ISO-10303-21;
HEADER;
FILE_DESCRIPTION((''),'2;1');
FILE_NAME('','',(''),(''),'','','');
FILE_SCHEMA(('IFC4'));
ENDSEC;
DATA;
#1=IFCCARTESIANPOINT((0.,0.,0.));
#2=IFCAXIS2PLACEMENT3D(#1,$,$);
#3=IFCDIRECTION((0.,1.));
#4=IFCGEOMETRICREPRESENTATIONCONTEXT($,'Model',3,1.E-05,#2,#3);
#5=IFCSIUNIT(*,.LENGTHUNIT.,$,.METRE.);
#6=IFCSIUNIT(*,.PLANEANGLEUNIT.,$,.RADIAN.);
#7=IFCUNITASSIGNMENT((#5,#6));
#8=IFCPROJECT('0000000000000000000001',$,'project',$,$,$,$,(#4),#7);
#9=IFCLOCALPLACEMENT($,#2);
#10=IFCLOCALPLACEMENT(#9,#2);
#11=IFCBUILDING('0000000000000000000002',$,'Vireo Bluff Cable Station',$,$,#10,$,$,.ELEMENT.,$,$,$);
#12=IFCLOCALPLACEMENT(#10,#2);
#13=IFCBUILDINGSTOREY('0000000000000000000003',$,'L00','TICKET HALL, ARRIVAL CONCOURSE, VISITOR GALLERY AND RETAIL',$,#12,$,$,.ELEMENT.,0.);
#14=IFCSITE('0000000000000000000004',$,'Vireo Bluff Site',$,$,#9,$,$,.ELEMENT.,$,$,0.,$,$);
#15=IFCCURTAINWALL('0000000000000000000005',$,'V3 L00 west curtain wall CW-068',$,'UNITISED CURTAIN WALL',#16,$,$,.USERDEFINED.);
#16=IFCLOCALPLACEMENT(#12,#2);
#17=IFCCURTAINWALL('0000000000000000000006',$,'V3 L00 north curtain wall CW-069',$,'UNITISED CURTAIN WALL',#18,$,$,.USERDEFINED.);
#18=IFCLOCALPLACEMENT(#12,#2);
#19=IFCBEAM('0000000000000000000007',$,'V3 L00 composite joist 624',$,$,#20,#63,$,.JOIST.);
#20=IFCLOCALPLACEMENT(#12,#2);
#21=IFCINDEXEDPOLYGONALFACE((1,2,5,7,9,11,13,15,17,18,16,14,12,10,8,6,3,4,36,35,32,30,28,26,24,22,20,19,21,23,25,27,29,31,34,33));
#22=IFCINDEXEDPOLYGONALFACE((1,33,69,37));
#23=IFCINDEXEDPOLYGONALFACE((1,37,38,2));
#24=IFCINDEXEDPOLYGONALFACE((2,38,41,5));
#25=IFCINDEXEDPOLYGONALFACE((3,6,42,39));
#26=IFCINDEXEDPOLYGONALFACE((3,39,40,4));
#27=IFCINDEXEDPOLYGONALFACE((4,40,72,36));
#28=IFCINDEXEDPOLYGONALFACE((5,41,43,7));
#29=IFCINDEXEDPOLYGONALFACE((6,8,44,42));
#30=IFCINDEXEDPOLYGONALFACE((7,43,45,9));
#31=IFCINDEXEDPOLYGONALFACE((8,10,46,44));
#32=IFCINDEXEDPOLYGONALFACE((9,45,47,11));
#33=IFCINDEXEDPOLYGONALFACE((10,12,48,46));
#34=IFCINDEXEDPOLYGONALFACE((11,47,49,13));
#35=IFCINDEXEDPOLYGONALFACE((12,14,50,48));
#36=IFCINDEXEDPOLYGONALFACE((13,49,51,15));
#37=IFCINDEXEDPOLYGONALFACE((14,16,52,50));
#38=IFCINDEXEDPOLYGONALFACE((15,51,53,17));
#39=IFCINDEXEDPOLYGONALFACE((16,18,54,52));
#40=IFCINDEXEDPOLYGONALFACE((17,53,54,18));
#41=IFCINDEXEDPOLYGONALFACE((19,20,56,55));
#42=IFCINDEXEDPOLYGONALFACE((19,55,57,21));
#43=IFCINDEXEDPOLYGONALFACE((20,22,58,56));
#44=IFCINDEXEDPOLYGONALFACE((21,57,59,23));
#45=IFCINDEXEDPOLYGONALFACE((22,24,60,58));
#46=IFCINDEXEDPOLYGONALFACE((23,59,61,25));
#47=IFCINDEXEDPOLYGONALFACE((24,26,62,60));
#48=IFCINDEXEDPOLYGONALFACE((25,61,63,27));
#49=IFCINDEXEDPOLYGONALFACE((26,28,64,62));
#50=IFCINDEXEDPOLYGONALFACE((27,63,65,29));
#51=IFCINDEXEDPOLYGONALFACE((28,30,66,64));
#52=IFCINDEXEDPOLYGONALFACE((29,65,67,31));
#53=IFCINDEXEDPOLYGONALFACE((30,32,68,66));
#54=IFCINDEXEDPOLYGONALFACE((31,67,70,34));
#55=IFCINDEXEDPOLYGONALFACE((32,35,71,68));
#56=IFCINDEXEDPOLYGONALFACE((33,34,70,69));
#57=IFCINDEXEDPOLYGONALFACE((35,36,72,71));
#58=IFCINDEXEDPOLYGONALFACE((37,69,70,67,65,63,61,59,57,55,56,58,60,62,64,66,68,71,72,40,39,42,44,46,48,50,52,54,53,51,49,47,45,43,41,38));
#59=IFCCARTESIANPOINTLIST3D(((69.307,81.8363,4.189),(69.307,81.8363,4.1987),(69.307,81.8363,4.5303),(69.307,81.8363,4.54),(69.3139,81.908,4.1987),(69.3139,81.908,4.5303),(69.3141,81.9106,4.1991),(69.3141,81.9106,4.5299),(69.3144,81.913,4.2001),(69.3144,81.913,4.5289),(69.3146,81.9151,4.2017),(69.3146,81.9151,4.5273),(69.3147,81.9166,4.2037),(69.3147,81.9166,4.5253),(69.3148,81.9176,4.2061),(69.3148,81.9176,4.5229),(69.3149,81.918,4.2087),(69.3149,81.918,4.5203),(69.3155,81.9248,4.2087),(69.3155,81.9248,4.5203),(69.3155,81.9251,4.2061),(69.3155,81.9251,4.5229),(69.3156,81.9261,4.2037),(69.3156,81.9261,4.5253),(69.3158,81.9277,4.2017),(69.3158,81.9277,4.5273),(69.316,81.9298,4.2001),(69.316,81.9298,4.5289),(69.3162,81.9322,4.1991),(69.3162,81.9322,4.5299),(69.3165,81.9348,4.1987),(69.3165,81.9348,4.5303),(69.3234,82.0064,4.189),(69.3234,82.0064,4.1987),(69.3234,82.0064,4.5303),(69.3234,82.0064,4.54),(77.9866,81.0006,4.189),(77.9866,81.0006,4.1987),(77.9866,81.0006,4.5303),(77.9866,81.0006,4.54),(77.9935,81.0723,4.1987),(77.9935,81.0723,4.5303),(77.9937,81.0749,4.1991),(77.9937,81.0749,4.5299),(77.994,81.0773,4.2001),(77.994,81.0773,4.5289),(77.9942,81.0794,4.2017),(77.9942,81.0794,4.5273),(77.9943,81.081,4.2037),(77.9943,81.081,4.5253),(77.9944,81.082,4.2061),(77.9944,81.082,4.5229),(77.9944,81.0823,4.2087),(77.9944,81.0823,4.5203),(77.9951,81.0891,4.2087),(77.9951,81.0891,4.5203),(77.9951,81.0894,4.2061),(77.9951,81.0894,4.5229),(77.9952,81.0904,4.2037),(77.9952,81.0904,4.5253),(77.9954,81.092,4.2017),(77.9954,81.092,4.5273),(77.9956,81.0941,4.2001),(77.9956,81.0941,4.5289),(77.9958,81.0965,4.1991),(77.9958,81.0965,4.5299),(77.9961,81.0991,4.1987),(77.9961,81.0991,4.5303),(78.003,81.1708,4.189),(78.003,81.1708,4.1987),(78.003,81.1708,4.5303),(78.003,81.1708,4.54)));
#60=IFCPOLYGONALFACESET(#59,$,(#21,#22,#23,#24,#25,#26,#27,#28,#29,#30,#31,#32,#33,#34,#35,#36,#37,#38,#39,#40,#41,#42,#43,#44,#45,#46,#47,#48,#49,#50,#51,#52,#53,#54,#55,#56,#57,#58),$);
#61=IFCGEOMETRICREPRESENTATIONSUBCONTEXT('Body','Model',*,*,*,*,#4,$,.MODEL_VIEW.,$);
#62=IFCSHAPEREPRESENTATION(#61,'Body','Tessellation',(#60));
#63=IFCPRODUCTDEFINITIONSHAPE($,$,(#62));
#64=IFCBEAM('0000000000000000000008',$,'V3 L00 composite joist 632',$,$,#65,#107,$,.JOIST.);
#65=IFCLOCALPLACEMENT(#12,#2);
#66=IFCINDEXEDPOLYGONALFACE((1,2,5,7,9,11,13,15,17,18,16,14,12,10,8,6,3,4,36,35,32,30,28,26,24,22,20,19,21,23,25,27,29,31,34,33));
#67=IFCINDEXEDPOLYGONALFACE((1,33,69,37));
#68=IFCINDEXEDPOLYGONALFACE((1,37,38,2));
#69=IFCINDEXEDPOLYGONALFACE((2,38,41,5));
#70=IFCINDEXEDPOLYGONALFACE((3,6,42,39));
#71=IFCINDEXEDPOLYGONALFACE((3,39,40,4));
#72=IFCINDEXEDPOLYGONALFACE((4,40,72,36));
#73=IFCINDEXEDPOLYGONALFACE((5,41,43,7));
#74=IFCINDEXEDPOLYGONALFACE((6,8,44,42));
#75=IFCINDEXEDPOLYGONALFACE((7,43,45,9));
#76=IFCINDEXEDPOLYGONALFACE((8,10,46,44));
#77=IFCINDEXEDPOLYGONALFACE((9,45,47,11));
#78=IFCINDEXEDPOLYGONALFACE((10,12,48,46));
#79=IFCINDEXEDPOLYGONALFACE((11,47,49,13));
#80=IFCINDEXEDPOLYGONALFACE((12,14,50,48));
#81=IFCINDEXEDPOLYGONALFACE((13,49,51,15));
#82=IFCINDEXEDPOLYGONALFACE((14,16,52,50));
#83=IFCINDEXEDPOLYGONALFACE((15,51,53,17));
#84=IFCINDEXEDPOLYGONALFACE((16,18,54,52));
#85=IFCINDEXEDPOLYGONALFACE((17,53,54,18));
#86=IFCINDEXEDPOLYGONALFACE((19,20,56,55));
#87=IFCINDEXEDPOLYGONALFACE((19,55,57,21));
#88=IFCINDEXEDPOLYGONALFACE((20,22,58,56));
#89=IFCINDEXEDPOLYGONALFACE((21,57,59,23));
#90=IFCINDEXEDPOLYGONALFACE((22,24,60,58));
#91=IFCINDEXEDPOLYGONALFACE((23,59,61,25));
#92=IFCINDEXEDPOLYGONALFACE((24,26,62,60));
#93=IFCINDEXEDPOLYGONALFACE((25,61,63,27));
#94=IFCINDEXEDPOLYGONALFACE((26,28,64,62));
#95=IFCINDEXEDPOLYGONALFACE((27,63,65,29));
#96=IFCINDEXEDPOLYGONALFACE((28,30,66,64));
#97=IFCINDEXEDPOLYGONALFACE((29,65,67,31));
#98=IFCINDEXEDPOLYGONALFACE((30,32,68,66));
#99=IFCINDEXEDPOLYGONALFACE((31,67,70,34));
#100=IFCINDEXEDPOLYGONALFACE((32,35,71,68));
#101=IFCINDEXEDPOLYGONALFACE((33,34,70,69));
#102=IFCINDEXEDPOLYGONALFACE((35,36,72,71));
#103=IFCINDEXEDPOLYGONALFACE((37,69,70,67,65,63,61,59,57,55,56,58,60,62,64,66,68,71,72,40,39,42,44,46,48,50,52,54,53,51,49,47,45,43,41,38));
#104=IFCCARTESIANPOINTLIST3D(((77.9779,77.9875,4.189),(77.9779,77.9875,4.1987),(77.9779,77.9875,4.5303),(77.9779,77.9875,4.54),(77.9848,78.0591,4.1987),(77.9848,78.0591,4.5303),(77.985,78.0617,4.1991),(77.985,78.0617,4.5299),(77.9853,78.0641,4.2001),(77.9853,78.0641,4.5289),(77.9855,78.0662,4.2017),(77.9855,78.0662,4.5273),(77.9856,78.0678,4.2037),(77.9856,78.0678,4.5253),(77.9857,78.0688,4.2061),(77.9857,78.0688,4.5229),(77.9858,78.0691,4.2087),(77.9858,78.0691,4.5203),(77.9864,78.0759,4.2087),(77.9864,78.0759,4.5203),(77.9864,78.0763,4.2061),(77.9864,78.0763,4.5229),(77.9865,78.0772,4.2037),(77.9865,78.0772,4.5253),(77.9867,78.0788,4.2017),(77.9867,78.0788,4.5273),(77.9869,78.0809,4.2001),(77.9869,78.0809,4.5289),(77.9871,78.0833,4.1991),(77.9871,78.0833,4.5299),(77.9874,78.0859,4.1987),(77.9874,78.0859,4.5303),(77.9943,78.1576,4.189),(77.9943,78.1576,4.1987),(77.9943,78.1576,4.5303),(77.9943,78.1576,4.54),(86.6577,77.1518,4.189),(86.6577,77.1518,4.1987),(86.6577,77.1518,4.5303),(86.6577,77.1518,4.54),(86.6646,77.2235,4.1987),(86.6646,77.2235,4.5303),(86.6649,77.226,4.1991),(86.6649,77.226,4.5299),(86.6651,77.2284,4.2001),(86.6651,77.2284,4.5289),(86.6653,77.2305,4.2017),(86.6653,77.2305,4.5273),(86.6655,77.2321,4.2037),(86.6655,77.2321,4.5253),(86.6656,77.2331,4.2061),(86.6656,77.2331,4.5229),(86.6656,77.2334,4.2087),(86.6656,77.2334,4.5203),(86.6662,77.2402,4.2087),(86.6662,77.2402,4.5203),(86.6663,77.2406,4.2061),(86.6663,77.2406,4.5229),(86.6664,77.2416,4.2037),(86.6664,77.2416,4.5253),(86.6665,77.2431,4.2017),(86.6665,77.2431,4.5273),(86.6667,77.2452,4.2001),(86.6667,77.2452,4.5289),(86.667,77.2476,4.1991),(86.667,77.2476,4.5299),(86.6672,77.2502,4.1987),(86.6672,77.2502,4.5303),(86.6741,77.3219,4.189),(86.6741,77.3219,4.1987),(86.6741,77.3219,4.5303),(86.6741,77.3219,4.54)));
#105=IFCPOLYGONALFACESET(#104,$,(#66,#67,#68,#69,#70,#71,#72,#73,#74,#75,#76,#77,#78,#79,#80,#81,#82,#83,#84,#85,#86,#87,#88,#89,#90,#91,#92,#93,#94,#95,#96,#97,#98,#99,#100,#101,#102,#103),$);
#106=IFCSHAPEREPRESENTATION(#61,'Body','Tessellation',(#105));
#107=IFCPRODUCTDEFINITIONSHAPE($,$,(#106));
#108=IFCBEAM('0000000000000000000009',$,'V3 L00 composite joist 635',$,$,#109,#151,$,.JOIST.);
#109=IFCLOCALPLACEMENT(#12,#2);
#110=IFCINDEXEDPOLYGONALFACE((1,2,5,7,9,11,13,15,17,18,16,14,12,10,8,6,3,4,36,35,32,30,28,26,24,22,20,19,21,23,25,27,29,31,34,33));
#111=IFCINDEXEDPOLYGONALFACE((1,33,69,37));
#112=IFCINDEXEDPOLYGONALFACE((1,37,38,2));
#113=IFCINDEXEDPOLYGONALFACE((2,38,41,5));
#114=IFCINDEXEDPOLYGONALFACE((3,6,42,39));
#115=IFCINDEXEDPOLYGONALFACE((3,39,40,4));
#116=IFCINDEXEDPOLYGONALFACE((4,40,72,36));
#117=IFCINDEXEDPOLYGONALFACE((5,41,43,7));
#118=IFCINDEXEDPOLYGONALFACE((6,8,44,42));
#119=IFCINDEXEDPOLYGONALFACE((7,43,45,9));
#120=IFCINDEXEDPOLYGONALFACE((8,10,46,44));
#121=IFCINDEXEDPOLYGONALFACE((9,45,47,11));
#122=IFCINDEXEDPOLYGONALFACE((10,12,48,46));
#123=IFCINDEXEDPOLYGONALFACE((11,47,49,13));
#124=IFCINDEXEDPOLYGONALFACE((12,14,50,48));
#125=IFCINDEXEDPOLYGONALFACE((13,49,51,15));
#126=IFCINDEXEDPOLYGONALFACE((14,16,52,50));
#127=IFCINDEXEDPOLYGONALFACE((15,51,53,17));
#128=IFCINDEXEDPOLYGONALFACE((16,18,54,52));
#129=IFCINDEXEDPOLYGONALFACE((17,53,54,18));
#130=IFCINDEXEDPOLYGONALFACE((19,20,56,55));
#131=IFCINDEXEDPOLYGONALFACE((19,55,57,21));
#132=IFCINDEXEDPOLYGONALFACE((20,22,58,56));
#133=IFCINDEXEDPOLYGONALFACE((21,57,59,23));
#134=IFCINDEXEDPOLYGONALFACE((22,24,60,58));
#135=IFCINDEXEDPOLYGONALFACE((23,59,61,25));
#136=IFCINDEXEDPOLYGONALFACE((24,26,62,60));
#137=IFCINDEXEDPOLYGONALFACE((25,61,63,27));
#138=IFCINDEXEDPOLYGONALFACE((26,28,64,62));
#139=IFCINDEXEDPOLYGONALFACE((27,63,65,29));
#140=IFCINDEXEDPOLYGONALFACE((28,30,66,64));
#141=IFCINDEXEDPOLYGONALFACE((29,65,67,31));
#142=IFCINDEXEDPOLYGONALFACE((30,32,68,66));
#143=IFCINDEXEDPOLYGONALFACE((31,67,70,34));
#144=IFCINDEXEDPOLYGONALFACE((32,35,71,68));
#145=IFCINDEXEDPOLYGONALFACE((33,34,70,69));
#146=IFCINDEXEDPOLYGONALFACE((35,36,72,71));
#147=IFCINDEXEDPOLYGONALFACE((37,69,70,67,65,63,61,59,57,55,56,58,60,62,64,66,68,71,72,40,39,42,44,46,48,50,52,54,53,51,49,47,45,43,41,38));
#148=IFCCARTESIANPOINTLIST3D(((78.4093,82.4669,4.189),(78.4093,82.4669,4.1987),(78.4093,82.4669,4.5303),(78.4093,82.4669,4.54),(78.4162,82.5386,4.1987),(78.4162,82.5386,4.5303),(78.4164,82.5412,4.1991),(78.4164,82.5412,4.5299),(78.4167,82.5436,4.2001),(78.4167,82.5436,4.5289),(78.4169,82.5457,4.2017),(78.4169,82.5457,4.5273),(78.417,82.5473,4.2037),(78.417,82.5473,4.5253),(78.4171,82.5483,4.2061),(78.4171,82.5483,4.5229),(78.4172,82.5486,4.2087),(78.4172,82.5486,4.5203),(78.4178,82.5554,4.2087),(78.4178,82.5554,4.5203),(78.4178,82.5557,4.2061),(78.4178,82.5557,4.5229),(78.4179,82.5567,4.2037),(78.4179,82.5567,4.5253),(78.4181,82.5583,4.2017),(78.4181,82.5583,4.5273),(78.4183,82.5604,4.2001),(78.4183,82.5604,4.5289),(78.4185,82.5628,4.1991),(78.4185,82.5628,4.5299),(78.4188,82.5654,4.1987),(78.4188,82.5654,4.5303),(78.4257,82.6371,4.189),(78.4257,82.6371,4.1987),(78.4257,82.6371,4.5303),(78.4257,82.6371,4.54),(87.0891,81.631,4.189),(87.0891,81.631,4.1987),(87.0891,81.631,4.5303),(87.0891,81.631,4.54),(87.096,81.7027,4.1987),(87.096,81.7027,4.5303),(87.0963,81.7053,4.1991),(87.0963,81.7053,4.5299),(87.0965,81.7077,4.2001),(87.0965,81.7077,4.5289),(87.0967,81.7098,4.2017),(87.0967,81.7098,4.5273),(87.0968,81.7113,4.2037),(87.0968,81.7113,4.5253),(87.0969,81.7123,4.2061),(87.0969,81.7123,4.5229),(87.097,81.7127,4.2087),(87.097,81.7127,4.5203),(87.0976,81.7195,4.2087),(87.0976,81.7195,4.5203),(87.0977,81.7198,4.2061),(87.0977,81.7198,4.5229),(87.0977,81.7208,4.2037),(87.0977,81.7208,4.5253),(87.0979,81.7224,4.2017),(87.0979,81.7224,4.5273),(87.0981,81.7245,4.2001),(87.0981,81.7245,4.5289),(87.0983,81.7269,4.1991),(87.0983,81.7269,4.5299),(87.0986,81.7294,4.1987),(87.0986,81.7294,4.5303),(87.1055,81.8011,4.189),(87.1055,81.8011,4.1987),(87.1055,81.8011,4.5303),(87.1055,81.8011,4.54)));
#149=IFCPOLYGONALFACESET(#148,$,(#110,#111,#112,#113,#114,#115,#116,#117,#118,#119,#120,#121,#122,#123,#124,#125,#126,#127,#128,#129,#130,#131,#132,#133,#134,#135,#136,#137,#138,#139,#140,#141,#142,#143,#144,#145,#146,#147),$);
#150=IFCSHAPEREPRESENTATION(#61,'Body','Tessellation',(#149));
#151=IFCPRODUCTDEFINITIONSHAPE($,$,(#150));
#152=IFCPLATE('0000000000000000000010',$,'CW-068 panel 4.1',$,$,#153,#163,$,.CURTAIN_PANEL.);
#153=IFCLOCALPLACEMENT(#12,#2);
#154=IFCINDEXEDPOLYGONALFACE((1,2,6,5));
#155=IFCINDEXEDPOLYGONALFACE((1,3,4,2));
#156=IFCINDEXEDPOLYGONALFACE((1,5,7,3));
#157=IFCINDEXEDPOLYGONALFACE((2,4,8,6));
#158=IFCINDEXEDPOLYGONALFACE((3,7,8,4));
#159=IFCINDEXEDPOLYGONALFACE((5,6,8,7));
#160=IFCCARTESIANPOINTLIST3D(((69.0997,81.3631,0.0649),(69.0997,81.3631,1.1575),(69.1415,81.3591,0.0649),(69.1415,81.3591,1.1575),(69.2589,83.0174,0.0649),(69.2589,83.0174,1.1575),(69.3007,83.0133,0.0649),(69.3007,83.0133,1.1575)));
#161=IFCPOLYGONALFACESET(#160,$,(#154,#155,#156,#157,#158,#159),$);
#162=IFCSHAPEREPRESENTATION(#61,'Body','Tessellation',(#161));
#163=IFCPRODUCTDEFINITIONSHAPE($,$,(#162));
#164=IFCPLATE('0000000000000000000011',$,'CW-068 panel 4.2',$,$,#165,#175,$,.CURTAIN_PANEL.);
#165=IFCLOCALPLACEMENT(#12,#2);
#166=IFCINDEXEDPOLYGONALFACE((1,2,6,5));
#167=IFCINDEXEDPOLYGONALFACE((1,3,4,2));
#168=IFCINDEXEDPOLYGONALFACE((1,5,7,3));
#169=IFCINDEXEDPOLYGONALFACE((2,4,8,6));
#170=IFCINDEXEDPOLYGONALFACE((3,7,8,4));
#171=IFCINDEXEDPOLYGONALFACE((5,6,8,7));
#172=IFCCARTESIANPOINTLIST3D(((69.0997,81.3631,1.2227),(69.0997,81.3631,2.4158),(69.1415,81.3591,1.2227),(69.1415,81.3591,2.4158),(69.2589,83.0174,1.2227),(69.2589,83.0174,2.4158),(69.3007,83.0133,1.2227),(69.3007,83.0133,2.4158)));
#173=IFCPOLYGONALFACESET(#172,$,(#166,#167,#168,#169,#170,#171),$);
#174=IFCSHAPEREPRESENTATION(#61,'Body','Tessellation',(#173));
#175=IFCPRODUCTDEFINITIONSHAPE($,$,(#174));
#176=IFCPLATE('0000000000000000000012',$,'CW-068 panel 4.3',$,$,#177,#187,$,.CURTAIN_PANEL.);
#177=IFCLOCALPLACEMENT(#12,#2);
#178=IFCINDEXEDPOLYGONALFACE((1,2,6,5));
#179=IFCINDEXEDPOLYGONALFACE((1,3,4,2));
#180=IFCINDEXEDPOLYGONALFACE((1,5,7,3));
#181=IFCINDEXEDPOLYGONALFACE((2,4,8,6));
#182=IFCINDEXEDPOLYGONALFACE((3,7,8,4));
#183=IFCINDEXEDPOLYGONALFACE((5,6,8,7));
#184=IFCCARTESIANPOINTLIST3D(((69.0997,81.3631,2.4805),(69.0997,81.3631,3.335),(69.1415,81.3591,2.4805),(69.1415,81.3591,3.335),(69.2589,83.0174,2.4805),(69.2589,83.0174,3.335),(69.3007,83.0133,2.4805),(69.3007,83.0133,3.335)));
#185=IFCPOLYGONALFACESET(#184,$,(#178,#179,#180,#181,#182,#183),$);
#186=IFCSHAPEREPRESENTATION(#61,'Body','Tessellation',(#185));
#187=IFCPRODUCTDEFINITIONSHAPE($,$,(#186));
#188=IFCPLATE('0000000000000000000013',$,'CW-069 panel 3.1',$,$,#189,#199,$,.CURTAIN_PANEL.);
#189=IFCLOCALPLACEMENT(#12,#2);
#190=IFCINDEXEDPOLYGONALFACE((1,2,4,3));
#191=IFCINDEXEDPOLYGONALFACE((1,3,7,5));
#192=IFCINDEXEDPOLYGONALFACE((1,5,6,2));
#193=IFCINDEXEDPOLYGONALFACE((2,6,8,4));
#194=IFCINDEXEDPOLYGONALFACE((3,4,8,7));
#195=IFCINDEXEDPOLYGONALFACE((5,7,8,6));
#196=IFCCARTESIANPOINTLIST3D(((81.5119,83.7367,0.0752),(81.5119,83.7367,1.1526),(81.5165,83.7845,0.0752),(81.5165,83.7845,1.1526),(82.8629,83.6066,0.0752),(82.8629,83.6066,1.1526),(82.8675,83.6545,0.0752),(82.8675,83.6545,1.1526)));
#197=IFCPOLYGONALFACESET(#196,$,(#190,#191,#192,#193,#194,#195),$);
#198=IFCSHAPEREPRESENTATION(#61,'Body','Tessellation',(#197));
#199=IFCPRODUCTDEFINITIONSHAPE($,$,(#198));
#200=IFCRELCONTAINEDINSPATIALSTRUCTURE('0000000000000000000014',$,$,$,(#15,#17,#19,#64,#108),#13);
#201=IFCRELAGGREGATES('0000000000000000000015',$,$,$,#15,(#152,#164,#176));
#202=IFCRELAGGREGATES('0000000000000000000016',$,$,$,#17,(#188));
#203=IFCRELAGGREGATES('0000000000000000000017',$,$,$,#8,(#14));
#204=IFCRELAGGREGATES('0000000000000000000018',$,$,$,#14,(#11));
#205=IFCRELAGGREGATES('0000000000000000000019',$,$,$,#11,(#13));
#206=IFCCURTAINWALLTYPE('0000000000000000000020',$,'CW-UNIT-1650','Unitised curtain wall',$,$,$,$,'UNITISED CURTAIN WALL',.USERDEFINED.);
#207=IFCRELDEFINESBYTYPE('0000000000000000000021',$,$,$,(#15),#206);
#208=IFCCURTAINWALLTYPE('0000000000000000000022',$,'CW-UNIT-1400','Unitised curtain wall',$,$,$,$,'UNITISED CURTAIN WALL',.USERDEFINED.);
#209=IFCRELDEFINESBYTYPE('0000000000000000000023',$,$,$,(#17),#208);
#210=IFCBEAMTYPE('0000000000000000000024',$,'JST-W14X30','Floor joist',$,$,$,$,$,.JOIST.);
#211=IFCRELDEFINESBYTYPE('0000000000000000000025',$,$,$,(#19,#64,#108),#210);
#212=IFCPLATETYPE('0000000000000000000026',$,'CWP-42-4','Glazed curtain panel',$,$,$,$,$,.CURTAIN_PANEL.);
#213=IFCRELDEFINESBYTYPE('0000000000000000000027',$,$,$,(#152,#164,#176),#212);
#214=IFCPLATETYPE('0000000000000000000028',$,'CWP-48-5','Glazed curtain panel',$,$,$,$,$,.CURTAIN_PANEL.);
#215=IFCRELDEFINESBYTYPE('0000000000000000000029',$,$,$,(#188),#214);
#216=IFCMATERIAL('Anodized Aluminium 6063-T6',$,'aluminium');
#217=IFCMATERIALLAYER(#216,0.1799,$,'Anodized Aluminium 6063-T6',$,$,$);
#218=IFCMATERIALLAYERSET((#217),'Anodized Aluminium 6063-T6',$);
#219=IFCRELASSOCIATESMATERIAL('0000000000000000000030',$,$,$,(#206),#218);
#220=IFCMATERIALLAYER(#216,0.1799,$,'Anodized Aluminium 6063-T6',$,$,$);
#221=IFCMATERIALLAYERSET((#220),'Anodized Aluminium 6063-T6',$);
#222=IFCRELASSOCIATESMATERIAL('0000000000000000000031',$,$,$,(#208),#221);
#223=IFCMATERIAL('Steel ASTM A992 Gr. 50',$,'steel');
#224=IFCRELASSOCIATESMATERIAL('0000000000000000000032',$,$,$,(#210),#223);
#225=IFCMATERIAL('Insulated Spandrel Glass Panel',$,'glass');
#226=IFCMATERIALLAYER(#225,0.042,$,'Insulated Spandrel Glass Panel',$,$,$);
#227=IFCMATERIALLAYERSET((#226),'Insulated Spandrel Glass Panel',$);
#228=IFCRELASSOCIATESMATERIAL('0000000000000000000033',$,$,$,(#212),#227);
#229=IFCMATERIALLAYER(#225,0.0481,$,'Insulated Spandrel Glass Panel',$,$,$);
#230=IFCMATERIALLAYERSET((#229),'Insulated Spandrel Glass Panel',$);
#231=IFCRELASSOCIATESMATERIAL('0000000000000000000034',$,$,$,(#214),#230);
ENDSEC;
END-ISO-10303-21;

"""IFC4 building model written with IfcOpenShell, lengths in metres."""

from ifc_helpers import new_model, si_unit, direction, frame, origin, origin_2d, place, context, subcontext, project, spatial, rectangle, i_section, extrude, material, layer, layer_set, material_profile, profile_set, type_object, element, aggregate, save


model = new_model("IFC4")

# Units and contexts
model_context = context("Model", 3, precision=1e-05, world=origin(), true_north=direction((0.0, 1.0)))
body_context = subcontext(model_context, "Body", "Model", "MODEL_VIEW")
ifc_project = project(units=[si_unit("LENGTHUNIT", "METRE"), si_unit("PLANEANGLEUNIT", "RADIAN")], contexts=[model_context])

# Site, building, storey
site_placement = place(None, origin())
site = spatial("IfcSite", under=ifc_project, at=site_placement, Name="Vireo Bluff Site", CompositionType="ELEMENT", RefElevation=0.0)
building_placement = place(site_placement, origin())
building = spatial("IfcBuilding", under=site, at=building_placement, Name="Vireo Bluff Cable Station", CompositionType="ELEMENT")
storey_placement = place(building_placement, origin())
storey = spatial("IfcBuildingStorey", under=building, at=storey_placement, Name="L00", Description="TICKET HALL, ARRIVAL CONCOURSE, VISITOR GALLERY AND RETAIL", CompositionType="ELEMENT", Elevation=0.0)

# Curtain walls
ifc_material_1 = material(Name="Anodized Aluminium 6063-T6", Category="aluminium")
ifc_layer_1 = layer(ifc_material_1, 0.1799, Name="Anodized Aluminium 6063-T6")
ifc_layer_set_1 = layer_set([ifc_layer_1], Name="Anodized Aluminium 6063-T6")
curtain_wall_type_1 = type_object("IfcCurtainWallType", Name="CW-UNIT-1650", Description="Unitised curtain wall", ElementType="UNITISED CURTAIN WALL", PredefinedType="USERDEFINED", material=ifc_layer_set_1)
curtain_wall_1_placement = place(storey_placement, origin())
curtain_wall_1 = element("IfcCurtainWall", 1, at=curtain_wall_1_placement, inside=storey, type_object=curtain_wall_type_1, Name="V3 L00 west curtain wall CW-068", ObjectType="UNITISED CURTAIN WALL", PredefinedType="USERDEFINED")
ifc_layer_2 = layer(ifc_material_1, 0.1799, Name="Anodized Aluminium 6063-T6")
ifc_layer_set_2 = layer_set([ifc_layer_2], Name="Anodized Aluminium 6063-T6")
curtain_wall_type_2 = type_object("IfcCurtainWallType", Name="CW-UNIT-1400", Description="Unitised curtain wall", ElementType="UNITISED CURTAIN WALL", PredefinedType="USERDEFINED", material=ifc_layer_set_2)
curtain_wall_2_placement = place(storey_placement, origin())
curtain_wall_2 = element("IfcCurtainWall", 2, at=curtain_wall_2_placement, inside=storey, type_object=curtain_wall_type_2, Name="V3 L00 north curtain wall CW-069", ObjectType="UNITISED CURTAIN WALL", PredefinedType="USERDEFINED")

# Beams
ifc_material_2 = material(Name="Steel ASTM A992 Gr. 50", Category="steel")
ifc_material_profile_1 = material_profile(ifc_material_2, i_section(OverallWidth=0.1709, OverallDepth=0.3511, WebThickness=0.0068, FlangeThickness=0.0098, FilletRadius=0.01, at=origin_2d()), Name="W14X30")
ifc_profile_set_1 = profile_set([ifc_material_profile_1], Name="Steel ASTM A992 Gr. 50")
beam_type_1 = type_object("IfcBeamType", Name="JST-W14X30", Description="Floor joist", PredefinedType="JOIST", material=ifc_profile_set_1)
beam_placement = place(storey_placement, frame((69.3152, 81.9214, 4.3645), z_axis=(0.995397, -0.095838, 0.0), x_axis=(0.095838, 0.995397, 0.0)))
element("IfcBeam", 3, at=beam_placement, inside=storey, type_object=beam_type_1, Name="V3 L00 composite joist 624", PredefinedType="JOIST", context=body_context, shape_type="SweptSolid", body=[
    extrude(i_section(OverallWidth=0.1709, OverallDepth=0.3511, WebThickness=0.0068, FlangeThickness=0.0098, FilletRadius=0.01, at=origin_2d()), origin(), (0.0, 0.0, 1.0), 8.7197),
])
for number, where, z_axis, x_axis, name in (
    (4, (77.9861, 78.0725, 4.3645), (0.995397, -0.095836, 0.0), (0.095836, 0.995397, 0.0), "V3 L00 composite joist 632"),
    (5, (78.4175, 82.552, 4.3645), (0.995395, -0.095863, 0.0), (0.095863, 0.995395, 0.0), "V3 L00 composite joist 635"),
):
    element("IfcBeam", number, at=place(storey_placement, frame(where, z_axis=z_axis, x_axis=x_axis)), inside=storey, type_object=beam_type_1, Name=name, PredefinedType="JOIST", context=body_context, shape_type="SweptSolid", body=[
        extrude(i_section(OverallWidth=0.1709, OverallDepth=0.3511, WebThickness=0.0068, FlangeThickness=0.0098, FilletRadius=0.01, at=origin_2d()), origin(), (0.0, 0.0, 1.0), 8.72),
    ])

# Plates
ifc_material_3 = material(Name="Insulated Spandrel Glass Panel", Category="glass")
ifc_layer_3 = layer(ifc_material_3, 0.042, Name="Insulated Spandrel Glass Panel")
ifc_layer_set_3 = layer_set([ifc_layer_3], Name="Insulated Spandrel Glass Panel")
plate_type_1 = type_object("IfcPlateType", Name="CWP-42-4", Description="Glazed curtain panel", PredefinedType="CURTAIN_PANEL", material=ifc_layer_set_3)
plate_1_placement = place(storey_placement, frame((69.2002, 82.1882, 0.0649), z_axis=(0.0, 0.0, 1.0), x_axis=(0.095846, 0.995396, 0.0)))
plate_1 = element("IfcPlate", 6, at=plate_1_placement, type_object=plate_type_1, Name="CW-068 panel 4.1", PredefinedType="CURTAIN_PANEL", context=body_context, shape_type="SweptSolid", body=[
    extrude(rectangle(XDim=1.6619, YDim=0.042, at=origin_2d()), origin(), (0.0, 0.0, 1.0), 1.0925),
])
plate_2_placement = place(storey_placement, frame((69.2002, 82.1882, 1.2227), z_axis=(0.0, 0.0, 1.0), x_axis=(0.095846, 0.995396, 0.0)))
plate_2 = element("IfcPlate", 7, at=plate_2_placement, type_object=plate_type_1, Name="CW-068 panel 4.2", PredefinedType="CURTAIN_PANEL", context=body_context, shape_type="SweptSolid", body=[
    extrude(rectangle(XDim=1.6619, YDim=0.042, at=origin_2d()), origin(), (0.0, 0.0, 1.0), 1.1931),
])
plate_3_placement = place(storey_placement, frame((69.2002, 82.1882, 2.4805), z_axis=(0.0, 0.0, 1.0), x_axis=(0.095846, 0.995396, 0.0)))
plate_3 = element("IfcPlate", 8, at=plate_3_placement, type_object=plate_type_1, Name="CW-068 panel 4.3", PredefinedType="CURTAIN_PANEL", context=body_context, shape_type="SweptSolid", body=[
    extrude(rectangle(XDim=1.6619, YDim=0.042, at=origin_2d()), origin(), (0.0, 0.0, 1.0), 0.8545),
])
aggregate(curtain_wall_1, [plate_1, plate_2, plate_3])
ifc_layer_4 = layer(ifc_material_3, 0.0481, Name="Insulated Spandrel Glass Panel")
ifc_layer_set_4 = layer_set([ifc_layer_4], Name="Insulated Spandrel Glass Panel")
plate_type_2 = type_object("IfcPlateType", Name="CWP-48-5", Description="Glazed curtain panel", PredefinedType="CURTAIN_PANEL", material=ifc_layer_set_4)
plate_4_placement = place(storey_placement, frame((82.1897, 83.6956, 0.0752), z_axis=(0.0, 0.0, 1.0), x_axis=(0.995396, -0.095846, 0.0)))
plate_4 = element("IfcPlate", 9, at=plate_4_placement, type_object=plate_type_2, Name="CW-069 panel 3.1", PredefinedType="CURTAIN_PANEL", context=body_context, shape_type="SweptSolid", body=[
    extrude(rectangle(XDim=1.3572, YDim=0.0481, at=origin_2d()), origin(), (0.0, 0.0, 1.0), 1.0774),
])
aggregate(curtain_wall_2, [plate_4])

save(model, "model.ifc")
